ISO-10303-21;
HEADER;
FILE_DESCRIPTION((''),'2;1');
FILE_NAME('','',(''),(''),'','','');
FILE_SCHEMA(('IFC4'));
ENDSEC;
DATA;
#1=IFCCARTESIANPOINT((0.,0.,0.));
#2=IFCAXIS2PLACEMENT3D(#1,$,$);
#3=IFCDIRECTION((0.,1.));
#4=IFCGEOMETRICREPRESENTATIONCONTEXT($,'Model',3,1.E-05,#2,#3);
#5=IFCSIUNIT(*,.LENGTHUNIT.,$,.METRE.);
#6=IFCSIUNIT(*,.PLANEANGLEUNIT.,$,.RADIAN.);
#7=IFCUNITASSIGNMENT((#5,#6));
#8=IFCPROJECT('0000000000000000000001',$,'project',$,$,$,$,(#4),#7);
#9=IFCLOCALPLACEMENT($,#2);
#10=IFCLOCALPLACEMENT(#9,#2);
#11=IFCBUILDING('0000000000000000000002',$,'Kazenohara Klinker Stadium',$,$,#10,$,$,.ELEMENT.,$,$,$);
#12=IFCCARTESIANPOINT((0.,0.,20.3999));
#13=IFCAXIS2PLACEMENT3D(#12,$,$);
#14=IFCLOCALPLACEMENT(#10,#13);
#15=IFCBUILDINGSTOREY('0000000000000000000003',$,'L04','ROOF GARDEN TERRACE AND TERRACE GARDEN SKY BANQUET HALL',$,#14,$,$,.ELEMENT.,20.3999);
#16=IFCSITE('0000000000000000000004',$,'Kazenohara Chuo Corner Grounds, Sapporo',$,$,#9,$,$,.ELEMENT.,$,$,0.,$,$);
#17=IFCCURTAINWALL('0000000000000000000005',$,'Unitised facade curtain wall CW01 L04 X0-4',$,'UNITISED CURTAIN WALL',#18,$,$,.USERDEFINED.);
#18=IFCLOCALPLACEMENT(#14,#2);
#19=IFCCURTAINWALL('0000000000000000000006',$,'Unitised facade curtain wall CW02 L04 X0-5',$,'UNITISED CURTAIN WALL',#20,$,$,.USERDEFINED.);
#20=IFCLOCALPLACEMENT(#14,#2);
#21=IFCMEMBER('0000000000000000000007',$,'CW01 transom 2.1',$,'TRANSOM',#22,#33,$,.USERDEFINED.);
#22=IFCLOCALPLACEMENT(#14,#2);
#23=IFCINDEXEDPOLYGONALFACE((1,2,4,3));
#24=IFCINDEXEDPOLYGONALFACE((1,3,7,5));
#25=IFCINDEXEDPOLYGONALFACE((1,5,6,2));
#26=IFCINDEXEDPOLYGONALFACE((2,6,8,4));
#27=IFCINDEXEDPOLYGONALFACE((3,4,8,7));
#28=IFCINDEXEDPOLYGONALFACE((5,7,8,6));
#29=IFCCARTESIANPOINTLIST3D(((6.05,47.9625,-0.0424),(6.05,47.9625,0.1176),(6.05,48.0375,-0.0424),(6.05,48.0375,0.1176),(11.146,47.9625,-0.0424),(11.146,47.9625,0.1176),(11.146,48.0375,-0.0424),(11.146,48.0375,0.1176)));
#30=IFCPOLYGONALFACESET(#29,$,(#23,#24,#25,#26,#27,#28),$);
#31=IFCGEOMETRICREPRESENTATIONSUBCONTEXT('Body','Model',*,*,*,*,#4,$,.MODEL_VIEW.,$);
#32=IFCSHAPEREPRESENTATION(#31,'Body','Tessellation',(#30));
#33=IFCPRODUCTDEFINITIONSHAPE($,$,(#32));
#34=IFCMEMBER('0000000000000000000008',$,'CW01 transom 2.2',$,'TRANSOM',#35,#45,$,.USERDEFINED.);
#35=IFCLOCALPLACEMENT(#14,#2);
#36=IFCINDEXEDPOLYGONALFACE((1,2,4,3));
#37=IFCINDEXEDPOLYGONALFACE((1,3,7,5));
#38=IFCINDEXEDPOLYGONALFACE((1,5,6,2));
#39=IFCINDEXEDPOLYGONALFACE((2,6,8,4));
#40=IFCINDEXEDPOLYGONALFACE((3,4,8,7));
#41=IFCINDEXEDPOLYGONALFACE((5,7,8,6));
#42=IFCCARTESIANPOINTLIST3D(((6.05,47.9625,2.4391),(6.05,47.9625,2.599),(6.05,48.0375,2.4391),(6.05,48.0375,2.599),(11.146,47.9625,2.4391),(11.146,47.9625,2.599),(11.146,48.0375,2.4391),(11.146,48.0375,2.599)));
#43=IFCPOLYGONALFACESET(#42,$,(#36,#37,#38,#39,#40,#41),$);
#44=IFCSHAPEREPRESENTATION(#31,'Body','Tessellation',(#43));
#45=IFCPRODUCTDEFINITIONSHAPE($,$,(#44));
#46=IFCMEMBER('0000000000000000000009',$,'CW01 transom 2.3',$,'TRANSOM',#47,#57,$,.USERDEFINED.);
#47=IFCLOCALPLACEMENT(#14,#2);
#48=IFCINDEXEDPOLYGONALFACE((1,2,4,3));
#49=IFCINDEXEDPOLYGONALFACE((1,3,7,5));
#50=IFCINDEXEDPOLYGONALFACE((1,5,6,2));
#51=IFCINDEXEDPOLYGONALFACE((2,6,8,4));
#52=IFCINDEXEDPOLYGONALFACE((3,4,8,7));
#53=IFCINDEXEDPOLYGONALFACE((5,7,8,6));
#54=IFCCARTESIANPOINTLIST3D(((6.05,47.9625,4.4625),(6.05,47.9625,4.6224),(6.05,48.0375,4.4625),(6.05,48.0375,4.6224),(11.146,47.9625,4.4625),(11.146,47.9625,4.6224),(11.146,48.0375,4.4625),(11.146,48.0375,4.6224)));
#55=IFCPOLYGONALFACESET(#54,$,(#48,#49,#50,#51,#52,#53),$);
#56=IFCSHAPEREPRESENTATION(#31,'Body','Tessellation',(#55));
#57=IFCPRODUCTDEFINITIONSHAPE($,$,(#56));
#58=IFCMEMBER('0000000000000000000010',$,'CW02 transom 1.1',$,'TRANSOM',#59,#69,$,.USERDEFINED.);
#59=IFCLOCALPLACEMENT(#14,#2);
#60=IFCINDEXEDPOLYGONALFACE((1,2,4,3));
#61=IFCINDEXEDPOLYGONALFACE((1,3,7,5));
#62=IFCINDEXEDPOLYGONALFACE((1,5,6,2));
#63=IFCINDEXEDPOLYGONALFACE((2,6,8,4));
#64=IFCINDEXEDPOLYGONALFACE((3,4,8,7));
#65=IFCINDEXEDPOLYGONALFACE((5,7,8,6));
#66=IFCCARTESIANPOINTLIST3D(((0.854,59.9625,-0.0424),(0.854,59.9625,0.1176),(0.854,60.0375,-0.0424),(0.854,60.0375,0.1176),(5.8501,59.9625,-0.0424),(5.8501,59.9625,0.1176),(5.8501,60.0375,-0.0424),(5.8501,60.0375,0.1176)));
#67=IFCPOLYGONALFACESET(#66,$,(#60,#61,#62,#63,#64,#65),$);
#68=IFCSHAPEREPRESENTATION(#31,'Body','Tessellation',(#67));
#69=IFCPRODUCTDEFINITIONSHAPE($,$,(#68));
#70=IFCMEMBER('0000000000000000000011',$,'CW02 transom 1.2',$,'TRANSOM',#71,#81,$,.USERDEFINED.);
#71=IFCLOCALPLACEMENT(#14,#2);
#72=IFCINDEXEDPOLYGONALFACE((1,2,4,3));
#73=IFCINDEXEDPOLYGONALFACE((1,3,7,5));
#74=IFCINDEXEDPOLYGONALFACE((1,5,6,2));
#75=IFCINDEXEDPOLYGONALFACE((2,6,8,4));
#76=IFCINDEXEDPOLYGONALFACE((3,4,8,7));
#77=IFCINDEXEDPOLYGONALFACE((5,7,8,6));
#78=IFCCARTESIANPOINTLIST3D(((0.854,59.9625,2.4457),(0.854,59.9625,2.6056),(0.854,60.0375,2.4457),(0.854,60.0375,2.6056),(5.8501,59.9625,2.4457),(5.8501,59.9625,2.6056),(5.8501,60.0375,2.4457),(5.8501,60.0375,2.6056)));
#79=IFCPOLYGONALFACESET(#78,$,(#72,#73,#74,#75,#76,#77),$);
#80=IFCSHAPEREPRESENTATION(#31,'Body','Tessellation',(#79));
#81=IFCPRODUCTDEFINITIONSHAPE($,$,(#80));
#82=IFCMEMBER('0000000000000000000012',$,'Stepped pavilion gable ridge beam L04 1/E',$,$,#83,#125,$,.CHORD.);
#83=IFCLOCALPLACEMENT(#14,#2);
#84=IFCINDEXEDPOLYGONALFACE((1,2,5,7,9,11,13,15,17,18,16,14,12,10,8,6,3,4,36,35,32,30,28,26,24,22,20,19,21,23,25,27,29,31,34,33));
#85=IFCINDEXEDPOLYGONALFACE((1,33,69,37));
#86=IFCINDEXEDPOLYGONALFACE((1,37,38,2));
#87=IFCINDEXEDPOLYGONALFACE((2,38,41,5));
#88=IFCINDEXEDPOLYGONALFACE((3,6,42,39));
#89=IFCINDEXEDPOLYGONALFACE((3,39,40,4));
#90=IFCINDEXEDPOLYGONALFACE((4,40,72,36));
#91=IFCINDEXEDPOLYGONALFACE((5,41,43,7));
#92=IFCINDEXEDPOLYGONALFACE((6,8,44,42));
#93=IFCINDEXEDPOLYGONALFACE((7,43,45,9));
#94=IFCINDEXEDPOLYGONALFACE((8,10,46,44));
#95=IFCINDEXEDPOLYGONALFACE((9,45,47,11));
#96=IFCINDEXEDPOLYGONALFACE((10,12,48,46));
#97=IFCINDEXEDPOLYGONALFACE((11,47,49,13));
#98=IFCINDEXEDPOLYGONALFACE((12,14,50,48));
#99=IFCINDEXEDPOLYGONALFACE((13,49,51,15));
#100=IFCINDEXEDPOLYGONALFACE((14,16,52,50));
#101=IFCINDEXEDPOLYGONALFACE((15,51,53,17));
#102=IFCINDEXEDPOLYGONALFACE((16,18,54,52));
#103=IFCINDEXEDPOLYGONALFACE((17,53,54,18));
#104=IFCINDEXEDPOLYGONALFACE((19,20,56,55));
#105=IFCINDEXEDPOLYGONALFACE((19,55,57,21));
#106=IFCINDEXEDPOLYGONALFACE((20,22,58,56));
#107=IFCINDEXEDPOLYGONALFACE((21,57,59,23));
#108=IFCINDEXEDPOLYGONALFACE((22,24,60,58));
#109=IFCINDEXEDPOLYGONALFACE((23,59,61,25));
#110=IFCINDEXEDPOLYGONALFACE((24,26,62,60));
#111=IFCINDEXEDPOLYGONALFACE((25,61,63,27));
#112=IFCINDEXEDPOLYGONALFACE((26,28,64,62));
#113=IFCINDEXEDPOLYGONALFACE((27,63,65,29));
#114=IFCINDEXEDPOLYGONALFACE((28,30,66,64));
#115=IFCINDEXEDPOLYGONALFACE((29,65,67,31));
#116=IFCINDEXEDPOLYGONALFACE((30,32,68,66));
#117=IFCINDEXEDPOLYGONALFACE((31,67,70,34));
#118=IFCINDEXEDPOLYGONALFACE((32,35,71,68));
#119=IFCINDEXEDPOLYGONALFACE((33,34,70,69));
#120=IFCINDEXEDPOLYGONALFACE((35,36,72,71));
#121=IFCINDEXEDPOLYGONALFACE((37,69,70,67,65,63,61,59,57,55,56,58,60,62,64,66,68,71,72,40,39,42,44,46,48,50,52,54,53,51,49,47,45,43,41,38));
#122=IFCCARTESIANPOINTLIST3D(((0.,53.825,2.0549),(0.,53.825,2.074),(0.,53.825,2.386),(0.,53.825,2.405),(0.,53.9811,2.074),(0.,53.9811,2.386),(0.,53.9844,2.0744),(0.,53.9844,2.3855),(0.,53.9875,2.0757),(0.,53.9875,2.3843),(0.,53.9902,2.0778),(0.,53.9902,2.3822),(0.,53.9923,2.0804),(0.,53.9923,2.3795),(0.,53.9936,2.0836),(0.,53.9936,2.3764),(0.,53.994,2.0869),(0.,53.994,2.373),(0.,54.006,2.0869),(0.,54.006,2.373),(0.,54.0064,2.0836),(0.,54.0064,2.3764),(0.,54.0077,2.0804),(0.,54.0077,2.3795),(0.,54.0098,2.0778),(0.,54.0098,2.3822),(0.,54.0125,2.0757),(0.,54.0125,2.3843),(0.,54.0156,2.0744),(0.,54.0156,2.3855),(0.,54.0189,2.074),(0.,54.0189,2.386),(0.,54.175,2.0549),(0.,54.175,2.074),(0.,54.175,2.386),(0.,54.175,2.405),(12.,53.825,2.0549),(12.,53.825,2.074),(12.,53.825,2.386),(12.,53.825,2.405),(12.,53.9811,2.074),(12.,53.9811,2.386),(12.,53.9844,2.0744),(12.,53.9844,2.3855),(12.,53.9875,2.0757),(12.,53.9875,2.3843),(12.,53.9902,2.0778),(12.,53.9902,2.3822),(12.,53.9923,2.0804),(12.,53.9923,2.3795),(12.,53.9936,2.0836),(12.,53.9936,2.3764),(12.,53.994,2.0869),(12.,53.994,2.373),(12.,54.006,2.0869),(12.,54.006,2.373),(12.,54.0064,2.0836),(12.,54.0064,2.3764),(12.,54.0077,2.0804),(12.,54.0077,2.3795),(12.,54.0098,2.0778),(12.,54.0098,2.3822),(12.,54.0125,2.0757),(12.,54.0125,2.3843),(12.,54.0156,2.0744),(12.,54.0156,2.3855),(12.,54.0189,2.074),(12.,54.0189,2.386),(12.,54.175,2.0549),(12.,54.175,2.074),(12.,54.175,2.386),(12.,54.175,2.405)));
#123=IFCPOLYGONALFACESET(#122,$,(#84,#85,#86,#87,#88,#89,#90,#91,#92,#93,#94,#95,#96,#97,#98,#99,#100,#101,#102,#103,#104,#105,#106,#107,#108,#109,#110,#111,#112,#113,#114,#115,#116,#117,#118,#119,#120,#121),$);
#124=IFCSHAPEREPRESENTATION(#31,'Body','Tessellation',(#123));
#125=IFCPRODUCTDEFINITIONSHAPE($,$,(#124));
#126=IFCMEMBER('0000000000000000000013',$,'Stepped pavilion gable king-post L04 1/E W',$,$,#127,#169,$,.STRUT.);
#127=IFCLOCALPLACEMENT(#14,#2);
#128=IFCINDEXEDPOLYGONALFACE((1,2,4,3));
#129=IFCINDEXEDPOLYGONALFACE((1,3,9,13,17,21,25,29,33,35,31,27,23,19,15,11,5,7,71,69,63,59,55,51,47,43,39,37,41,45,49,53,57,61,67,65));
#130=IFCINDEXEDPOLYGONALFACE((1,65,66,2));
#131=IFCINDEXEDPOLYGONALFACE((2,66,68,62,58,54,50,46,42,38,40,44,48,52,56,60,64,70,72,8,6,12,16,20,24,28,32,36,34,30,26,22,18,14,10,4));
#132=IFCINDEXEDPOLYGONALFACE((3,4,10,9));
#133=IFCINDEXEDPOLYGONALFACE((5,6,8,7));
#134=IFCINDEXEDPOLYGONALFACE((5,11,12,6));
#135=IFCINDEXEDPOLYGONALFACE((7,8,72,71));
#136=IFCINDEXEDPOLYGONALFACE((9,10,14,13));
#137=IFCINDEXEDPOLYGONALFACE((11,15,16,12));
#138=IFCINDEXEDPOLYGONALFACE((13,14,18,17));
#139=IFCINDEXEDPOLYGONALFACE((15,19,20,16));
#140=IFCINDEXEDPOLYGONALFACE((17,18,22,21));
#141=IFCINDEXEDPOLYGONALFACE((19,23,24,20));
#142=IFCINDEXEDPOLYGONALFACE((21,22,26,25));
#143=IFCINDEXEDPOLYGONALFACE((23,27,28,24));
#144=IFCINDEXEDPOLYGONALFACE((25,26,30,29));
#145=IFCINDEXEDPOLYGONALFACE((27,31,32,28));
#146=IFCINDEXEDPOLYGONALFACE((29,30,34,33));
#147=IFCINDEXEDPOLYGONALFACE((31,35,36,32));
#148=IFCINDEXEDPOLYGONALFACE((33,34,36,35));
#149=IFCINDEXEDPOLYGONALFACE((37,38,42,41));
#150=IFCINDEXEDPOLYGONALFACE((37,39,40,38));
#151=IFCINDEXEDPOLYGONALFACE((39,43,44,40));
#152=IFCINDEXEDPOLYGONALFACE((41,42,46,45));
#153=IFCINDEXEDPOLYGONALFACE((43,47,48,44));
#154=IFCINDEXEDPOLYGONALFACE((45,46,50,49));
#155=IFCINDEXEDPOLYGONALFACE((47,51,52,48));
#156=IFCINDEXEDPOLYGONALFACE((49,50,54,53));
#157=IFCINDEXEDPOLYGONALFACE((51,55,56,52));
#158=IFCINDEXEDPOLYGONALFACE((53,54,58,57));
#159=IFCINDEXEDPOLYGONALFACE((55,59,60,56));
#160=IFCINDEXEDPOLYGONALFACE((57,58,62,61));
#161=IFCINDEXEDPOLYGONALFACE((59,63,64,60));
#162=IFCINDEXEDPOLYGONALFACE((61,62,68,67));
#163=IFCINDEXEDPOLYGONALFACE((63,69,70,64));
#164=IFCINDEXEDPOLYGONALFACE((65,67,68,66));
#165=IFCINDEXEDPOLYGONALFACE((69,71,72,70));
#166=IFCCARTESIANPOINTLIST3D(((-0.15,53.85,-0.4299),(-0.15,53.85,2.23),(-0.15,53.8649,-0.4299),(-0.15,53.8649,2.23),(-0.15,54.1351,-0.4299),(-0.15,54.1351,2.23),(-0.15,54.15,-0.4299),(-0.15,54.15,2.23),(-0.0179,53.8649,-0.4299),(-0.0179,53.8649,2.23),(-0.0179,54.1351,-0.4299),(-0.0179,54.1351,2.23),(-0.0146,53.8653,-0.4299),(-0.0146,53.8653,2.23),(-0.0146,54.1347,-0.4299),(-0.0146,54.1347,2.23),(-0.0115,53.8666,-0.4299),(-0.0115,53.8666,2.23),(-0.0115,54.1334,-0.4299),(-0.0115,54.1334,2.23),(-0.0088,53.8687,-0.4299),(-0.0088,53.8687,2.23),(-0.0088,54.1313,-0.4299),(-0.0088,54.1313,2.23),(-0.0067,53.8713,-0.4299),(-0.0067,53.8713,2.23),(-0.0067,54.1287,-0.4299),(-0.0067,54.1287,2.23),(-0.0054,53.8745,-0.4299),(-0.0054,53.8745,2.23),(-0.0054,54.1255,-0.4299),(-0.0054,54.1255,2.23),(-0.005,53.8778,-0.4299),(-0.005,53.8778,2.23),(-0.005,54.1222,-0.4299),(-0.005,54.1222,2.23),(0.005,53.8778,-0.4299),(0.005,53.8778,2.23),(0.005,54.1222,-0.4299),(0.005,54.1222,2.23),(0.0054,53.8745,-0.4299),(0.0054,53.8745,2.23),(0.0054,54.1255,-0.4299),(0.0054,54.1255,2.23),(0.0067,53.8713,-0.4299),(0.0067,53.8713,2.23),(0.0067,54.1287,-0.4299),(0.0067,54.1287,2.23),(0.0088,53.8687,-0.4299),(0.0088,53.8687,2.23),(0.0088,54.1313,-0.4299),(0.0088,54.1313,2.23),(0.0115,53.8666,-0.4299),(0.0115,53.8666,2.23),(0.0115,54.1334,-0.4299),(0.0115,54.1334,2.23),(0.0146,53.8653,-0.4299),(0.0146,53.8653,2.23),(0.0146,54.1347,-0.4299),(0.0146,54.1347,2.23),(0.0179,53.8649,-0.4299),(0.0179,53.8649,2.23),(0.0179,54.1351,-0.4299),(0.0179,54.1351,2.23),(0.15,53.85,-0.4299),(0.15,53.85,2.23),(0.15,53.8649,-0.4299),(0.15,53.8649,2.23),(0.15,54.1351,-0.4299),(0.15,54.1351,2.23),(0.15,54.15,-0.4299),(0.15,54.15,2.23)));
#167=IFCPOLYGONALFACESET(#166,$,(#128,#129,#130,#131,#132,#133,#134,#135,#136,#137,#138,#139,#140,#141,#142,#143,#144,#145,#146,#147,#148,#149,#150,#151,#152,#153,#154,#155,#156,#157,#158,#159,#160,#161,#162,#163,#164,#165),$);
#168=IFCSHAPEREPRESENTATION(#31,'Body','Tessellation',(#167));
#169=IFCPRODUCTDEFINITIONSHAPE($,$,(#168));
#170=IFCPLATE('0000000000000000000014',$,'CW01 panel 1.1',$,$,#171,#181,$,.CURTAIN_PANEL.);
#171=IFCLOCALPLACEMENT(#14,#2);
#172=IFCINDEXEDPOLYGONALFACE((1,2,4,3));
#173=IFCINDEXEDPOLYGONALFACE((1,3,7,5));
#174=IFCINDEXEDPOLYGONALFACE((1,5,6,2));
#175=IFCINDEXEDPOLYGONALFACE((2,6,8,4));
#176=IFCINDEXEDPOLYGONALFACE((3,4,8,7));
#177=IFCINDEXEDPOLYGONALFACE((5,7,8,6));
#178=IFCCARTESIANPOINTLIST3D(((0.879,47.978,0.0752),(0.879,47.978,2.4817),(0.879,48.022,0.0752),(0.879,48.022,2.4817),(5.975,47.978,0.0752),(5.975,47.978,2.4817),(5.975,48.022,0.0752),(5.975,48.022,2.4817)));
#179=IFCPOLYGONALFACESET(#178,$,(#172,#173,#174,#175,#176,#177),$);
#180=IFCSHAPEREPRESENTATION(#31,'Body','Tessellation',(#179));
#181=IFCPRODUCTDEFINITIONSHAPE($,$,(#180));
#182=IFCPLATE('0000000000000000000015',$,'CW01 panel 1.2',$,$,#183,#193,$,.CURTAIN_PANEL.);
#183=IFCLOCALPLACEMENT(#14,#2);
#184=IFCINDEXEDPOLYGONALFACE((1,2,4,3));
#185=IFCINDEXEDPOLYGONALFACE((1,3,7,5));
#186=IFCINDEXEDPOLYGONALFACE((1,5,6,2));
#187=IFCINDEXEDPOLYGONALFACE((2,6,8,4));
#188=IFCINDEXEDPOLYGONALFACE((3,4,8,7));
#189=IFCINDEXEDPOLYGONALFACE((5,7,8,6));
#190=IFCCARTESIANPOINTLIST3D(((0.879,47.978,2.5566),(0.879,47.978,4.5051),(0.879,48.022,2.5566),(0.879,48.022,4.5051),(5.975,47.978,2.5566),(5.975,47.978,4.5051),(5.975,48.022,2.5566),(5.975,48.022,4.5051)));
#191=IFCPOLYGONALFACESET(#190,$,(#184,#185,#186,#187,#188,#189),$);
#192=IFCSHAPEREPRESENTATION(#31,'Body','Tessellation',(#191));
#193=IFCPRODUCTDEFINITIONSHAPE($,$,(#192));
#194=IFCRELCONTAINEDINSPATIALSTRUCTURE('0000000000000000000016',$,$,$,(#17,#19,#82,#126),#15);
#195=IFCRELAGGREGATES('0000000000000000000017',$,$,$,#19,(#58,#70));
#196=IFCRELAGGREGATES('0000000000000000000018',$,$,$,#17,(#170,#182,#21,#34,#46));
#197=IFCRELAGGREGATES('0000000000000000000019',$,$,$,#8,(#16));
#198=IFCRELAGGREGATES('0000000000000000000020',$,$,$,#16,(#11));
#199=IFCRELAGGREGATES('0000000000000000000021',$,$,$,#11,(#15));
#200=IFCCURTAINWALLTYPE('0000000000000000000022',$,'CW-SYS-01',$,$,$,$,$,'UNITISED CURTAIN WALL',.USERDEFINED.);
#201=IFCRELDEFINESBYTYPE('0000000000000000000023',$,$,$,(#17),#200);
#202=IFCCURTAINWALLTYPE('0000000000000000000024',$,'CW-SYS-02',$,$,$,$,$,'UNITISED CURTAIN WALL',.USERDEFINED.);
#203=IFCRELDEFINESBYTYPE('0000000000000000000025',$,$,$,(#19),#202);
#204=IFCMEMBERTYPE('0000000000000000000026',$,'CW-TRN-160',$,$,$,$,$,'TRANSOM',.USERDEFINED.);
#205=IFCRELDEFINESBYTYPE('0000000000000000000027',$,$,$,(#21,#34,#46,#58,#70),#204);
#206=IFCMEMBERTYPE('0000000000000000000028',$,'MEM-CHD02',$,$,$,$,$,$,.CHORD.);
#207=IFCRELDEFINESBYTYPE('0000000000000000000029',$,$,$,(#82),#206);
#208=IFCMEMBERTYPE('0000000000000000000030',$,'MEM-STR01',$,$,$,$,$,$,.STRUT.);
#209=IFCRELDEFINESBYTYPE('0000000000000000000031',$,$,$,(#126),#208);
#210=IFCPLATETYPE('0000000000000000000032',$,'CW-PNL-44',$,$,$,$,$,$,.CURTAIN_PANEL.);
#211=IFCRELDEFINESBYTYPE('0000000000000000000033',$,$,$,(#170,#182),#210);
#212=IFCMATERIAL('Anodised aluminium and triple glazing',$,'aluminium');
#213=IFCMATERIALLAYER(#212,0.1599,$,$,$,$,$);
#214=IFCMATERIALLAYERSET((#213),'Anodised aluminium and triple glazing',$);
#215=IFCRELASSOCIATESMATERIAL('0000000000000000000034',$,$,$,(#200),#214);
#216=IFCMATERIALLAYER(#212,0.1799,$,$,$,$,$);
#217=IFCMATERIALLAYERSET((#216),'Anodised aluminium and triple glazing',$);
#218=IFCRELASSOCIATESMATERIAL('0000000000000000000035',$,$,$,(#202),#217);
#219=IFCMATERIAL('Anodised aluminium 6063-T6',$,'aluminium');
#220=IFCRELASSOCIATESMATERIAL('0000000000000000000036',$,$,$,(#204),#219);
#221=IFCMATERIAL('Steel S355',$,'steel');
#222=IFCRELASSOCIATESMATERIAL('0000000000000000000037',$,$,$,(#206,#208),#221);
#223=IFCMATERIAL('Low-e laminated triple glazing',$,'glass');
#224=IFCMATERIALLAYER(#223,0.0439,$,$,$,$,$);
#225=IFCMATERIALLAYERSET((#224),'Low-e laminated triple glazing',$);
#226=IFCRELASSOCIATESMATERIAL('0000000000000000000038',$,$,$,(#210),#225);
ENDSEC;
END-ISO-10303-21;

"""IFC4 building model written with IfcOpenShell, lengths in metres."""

from ifc_helpers import new_model, si_unit, direction, frame, origin, origin_2d, place, context, subcontext, project, spatial, rectangle, i_section, extrude, material, layer, layer_set, material_profile, profile_set, type_object, element, aggregate, save


model = new_model("IFC4")

# Units and contexts
model_context = context("Model", 3, precision=1e-05, world=origin(), true_north=direction((0.0, 1.0)))
body_context = subcontext(model_context, "Body", "Model", "MODEL_VIEW")
ifc_project = project(units=[si_unit("LENGTHUNIT", "METRE"), si_unit("PLANEANGLEUNIT", "RADIAN")], contexts=[model_context])

# Site, building, storey
site_placement = place(None, origin())
site = spatial("IfcSite", under=ifc_project, at=site_placement, Name="Kazenohara Chuo Corner Grounds, Sapporo", CompositionType="ELEMENT", RefElevation=0.0)
building_placement = place(site_placement, origin())
building = spatial("IfcBuilding", under=site, at=building_placement, Name="Kazenohara Klinker Stadium", CompositionType="ELEMENT")
storey_placement = place(building_placement, frame((0.0, 0.0, 20.3999)))
storey = spatial("IfcBuildingStorey", under=building, at=storey_placement, Name="L04", Description="ROOF GARDEN TERRACE AND TERRACE GARDEN SKY BANQUET HALL", CompositionType="ELEMENT", Elevation=20.3999)

# Shared definitions
ifc_material_1 = material(Name="Steel S355", Category="steel")

# Curtain wall
ifc_material_2 = material(Name="Anodised aluminium and triple glazing", Category="aluminium")
ifc_layer_1 = layer(ifc_material_2, 0.1599)
ifc_layer_set_1 = layer_set([ifc_layer_1], Name="Anodised aluminium and triple glazing")
curtain_wall_type_1 = type_object("IfcCurtainWallType", Name="CW-SYS-01", ElementType="UNITISED CURTAIN WALL", PredefinedType="USERDEFINED", material=ifc_layer_set_1)
curtain_wall_1_placement = place(storey_placement, origin())
curtain_wall_1 = element("IfcCurtainWall", 1, at=curtain_wall_1_placement, inside=storey, type_object=curtain_wall_type_1, Name="Unitised facade curtain wall CW01 L04 X0-4", ObjectType="UNITISED CURTAIN WALL", PredefinedType="USERDEFINED")
ifc_material_3 = material(Name="Anodised aluminium 6063-T6", Category="aluminium")

# Curtain wall
ifc_layer_2 = layer(ifc_material_2, 0.1799)
ifc_layer_set_2 = layer_set([ifc_layer_2], Name="Anodised aluminium and triple glazing")
curtain_wall_type_2 = type_object("IfcCurtainWallType", Name="CW-SYS-02", ElementType="UNITISED CURTAIN WALL", PredefinedType="USERDEFINED", material=ifc_layer_set_2)
curtain_wall_2_placement = place(storey_placement, origin())
curtain_wall_2 = element("IfcCurtainWall", 2, at=curtain_wall_2_placement, inside=storey, type_object=curtain_wall_type_2, Name="Unitised facade curtain wall CW02 L04 X0-5", ObjectType="UNITISED CURTAIN WALL", PredefinedType="USERDEFINED")

# Members
ifc_material_profile_1 = material_profile(ifc_material_3, rectangle(XDim=0.075, YDim=0.1599, at=origin_2d()), Name="ALU-TRN-75x160")
ifc_profile_set_1 = profile_set([ifc_material_profile_1], Name="Anodised aluminium 6063-T6")
member_type_1 = type_object("IfcMemberType", Name="CW-TRN-160", ElementType="TRANSOM", PredefinedType="USERDEFINED", material=ifc_profile_set_1)
member_1_placement = place(storey_placement, frame((6.05, 48.0, 0.0376), z_axis=(1.0, 0.0, 0.0), x_axis=(0.0, 1.0, 0.0)))
member_1 = element("IfcMember", 3, at=member_1_placement, type_object=member_type_1, Name="CW01 transom 2.1", ObjectType="TRANSOM", PredefinedType="USERDEFINED", context=body_context, shape_type="SweptSolid", body=[
    extrude(rectangle(XDim=0.075, YDim=0.1599, at=origin_2d()), origin(), (0.0, 0.0, 1.0), 5.0959),
])
member_2_placement = place(storey_placement, frame((6.05, 48.0, 2.519), z_axis=(1.0, 0.0, 0.0), x_axis=(0.0, 1.0, 0.0)))
member_2 = element("IfcMember", 4, at=member_2_placement, type_object=member_type_1, Name="CW01 transom 2.2", ObjectType="TRANSOM", PredefinedType="USERDEFINED", context=body_context, shape_type="SweptSolid", body=[
    extrude(rectangle(XDim=0.075, YDim=0.1599, at=origin_2d()), origin(), (0.0, 0.0, 1.0), 5.0959),
])
member_3_placement = place(storey_placement, frame((6.05, 48.0, 4.5425), z_axis=(1.0, 0.0, 0.0), x_axis=(0.0, 1.0, 0.0)))
member_3 = element("IfcMember", 5, at=member_3_placement, type_object=member_type_1, Name="CW01 transom 2.3", ObjectType="TRANSOM", PredefinedType="USERDEFINED", context=body_context, shape_type="SweptSolid", body=[
    extrude(rectangle(XDim=0.075, YDim=0.1599, at=origin_2d()), origin(), (0.0, 0.0, 1.0), 5.0959),
])
member_4_placement = place(storey_placement, frame((0.854, 60.0, 0.0376), z_axis=(1.0, 0.0, 0.0), x_axis=(0.0, 1.0, 0.0)))
member_4 = element("IfcMember", 6, at=member_4_placement, type_object=member_type_1, Name="CW02 transom 1.1", ObjectType="TRANSOM", PredefinedType="USERDEFINED", context=body_context, shape_type="SweptSolid", body=[
    extrude(rectangle(XDim=0.075, YDim=0.1599, at=origin_2d()), origin(), (0.0, 0.0, 1.0), 4.9961),
])
member_5_placement = place(storey_placement, frame((0.854, 60.0, 2.5256), z_axis=(1.0, 0.0, 0.0), x_axis=(0.0, 1.0, 0.0)))
member_5 = element("IfcMember", 7, at=member_5_placement, type_object=member_type_1, Name="CW02 transom 1.2", ObjectType="TRANSOM", PredefinedType="USERDEFINED", context=body_context, shape_type="SweptSolid", body=[
    extrude(rectangle(XDim=0.075, YDim=0.1599, at=origin_2d()), origin(), (0.0, 0.0, 1.0), 4.9961),
])
aggregate(curtain_wall_2, [member_4, member_5])

# Members
ifc_material_profile_2 = material_profile(ifc_material_1, i_section(OverallWidth=0.3501, OverallDepth=0.3501, WebThickness=0.012, FlangeThickness=0.019, FilletRadius=0.0129, at=origin_2d()), Name="H-350x350x12x19")
ifc_profile_set_2 = profile_set([ifc_material_profile_2], Name="Steel S355")
member_type_2 = type_object("IfcMemberType", Name="MEM-CHD02", PredefinedType="CHORD", material=ifc_profile_set_2)
member_6_placement = place(storey_placement, frame((0.0, 54.0, 2.23), z_axis=(1.0, 0.0, 0.0), x_axis=(0.0, 1.0, 0.0)))
element("IfcMember", 8, at=member_6_placement, inside=storey, type_object=member_type_2, Name="Stepped pavilion gable ridge beam L04 1/E", PredefinedType="CHORD", context=body_context, shape_type="SweptSolid", body=[
    extrude(i_section(OverallWidth=0.3501, OverallDepth=0.3501, WebThickness=0.012, FlangeThickness=0.019, FilletRadius=0.0129, at=origin_2d()), origin(), (0.0, 0.0, 1.0), 12.0),
])
ifc_material_profile_3 = material_profile(ifc_material_1, i_section(OverallWidth=0.3, OverallDepth=0.3, WebThickness=0.01, FlangeThickness=0.0149, FilletRadius=0.0129, at=origin_2d()), Name="H-300x300x10x15")
ifc_profile_set_3 = profile_set([ifc_material_profile_3], Name="Steel S355")
member_type_3 = type_object("IfcMemberType", Name="MEM-STR01", PredefinedType="STRUT", material=ifc_profile_set_3)
member_7_placement = place(storey_placement, frame((0.0, 54.0, -0.4299), z_axis=(0.0, 0.0, 1.0), x_axis=(1.0, 0.0, 0.0)))
element("IfcMember", 9, at=member_7_placement, inside=storey, type_object=member_type_3, Name="Stepped pavilion gable king-post L04 1/E W", PredefinedType="STRUT", context=body_context, shape_type="SweptSolid", body=[
    extrude(i_section(OverallWidth=0.3, OverallDepth=0.3, WebThickness=0.01, FlangeThickness=0.0149, FilletRadius=0.0129, at=origin_2d()), origin(), (0.0, 0.0, 1.0), 2.6599),
])

# Plates
ifc_material_4 = material(Name="Low-e laminated triple glazing", Category="glass")
ifc_layer_3 = layer(ifc_material_4, 0.0439)
ifc_layer_set_3 = layer_set([ifc_layer_3], Name="Low-e laminated triple glazing")
plate_type_1 = type_object("IfcPlateType", Name="CW-PNL-44", PredefinedType="CURTAIN_PANEL", material=ifc_layer_set_3)
plate_1_placement = place(storey_placement, frame((3.427, 48.0, 0.0752), z_axis=(0.0, 0.0, 1.0), x_axis=(1.0, 0.0, 0.0)))
plate_1 = element("IfcPlate", 10, at=plate_1_placement, type_object=plate_type_1, Name="CW01 panel 1.1", PredefinedType="CURTAIN_PANEL", context=body_context, shape_type="SweptSolid", body=[
    extrude(rectangle(XDim=5.0959, YDim=0.0439, at=origin_2d()), origin(), (0.0, 0.0, 1.0), 2.4065),
])
plate_2_placement = place(storey_placement, frame((3.427, 48.0, 2.5566), z_axis=(0.0, 0.0, 1.0), x_axis=(1.0, 0.0, 0.0)))
plate_2 = element("IfcPlate", 11, at=plate_2_placement, type_object=plate_type_1, Name="CW01 panel 1.2", PredefinedType="CURTAIN_PANEL", context=body_context, shape_type="SweptSolid", body=[
    extrude(rectangle(XDim=5.0959, YDim=0.0439, at=origin_2d()), origin(), (0.0, 0.0, 1.0), 1.9485),
])
aggregate(curtain_wall_1, [plate_1, plate_2, member_1, member_2, member_3])

save(model, "model.ifc")
